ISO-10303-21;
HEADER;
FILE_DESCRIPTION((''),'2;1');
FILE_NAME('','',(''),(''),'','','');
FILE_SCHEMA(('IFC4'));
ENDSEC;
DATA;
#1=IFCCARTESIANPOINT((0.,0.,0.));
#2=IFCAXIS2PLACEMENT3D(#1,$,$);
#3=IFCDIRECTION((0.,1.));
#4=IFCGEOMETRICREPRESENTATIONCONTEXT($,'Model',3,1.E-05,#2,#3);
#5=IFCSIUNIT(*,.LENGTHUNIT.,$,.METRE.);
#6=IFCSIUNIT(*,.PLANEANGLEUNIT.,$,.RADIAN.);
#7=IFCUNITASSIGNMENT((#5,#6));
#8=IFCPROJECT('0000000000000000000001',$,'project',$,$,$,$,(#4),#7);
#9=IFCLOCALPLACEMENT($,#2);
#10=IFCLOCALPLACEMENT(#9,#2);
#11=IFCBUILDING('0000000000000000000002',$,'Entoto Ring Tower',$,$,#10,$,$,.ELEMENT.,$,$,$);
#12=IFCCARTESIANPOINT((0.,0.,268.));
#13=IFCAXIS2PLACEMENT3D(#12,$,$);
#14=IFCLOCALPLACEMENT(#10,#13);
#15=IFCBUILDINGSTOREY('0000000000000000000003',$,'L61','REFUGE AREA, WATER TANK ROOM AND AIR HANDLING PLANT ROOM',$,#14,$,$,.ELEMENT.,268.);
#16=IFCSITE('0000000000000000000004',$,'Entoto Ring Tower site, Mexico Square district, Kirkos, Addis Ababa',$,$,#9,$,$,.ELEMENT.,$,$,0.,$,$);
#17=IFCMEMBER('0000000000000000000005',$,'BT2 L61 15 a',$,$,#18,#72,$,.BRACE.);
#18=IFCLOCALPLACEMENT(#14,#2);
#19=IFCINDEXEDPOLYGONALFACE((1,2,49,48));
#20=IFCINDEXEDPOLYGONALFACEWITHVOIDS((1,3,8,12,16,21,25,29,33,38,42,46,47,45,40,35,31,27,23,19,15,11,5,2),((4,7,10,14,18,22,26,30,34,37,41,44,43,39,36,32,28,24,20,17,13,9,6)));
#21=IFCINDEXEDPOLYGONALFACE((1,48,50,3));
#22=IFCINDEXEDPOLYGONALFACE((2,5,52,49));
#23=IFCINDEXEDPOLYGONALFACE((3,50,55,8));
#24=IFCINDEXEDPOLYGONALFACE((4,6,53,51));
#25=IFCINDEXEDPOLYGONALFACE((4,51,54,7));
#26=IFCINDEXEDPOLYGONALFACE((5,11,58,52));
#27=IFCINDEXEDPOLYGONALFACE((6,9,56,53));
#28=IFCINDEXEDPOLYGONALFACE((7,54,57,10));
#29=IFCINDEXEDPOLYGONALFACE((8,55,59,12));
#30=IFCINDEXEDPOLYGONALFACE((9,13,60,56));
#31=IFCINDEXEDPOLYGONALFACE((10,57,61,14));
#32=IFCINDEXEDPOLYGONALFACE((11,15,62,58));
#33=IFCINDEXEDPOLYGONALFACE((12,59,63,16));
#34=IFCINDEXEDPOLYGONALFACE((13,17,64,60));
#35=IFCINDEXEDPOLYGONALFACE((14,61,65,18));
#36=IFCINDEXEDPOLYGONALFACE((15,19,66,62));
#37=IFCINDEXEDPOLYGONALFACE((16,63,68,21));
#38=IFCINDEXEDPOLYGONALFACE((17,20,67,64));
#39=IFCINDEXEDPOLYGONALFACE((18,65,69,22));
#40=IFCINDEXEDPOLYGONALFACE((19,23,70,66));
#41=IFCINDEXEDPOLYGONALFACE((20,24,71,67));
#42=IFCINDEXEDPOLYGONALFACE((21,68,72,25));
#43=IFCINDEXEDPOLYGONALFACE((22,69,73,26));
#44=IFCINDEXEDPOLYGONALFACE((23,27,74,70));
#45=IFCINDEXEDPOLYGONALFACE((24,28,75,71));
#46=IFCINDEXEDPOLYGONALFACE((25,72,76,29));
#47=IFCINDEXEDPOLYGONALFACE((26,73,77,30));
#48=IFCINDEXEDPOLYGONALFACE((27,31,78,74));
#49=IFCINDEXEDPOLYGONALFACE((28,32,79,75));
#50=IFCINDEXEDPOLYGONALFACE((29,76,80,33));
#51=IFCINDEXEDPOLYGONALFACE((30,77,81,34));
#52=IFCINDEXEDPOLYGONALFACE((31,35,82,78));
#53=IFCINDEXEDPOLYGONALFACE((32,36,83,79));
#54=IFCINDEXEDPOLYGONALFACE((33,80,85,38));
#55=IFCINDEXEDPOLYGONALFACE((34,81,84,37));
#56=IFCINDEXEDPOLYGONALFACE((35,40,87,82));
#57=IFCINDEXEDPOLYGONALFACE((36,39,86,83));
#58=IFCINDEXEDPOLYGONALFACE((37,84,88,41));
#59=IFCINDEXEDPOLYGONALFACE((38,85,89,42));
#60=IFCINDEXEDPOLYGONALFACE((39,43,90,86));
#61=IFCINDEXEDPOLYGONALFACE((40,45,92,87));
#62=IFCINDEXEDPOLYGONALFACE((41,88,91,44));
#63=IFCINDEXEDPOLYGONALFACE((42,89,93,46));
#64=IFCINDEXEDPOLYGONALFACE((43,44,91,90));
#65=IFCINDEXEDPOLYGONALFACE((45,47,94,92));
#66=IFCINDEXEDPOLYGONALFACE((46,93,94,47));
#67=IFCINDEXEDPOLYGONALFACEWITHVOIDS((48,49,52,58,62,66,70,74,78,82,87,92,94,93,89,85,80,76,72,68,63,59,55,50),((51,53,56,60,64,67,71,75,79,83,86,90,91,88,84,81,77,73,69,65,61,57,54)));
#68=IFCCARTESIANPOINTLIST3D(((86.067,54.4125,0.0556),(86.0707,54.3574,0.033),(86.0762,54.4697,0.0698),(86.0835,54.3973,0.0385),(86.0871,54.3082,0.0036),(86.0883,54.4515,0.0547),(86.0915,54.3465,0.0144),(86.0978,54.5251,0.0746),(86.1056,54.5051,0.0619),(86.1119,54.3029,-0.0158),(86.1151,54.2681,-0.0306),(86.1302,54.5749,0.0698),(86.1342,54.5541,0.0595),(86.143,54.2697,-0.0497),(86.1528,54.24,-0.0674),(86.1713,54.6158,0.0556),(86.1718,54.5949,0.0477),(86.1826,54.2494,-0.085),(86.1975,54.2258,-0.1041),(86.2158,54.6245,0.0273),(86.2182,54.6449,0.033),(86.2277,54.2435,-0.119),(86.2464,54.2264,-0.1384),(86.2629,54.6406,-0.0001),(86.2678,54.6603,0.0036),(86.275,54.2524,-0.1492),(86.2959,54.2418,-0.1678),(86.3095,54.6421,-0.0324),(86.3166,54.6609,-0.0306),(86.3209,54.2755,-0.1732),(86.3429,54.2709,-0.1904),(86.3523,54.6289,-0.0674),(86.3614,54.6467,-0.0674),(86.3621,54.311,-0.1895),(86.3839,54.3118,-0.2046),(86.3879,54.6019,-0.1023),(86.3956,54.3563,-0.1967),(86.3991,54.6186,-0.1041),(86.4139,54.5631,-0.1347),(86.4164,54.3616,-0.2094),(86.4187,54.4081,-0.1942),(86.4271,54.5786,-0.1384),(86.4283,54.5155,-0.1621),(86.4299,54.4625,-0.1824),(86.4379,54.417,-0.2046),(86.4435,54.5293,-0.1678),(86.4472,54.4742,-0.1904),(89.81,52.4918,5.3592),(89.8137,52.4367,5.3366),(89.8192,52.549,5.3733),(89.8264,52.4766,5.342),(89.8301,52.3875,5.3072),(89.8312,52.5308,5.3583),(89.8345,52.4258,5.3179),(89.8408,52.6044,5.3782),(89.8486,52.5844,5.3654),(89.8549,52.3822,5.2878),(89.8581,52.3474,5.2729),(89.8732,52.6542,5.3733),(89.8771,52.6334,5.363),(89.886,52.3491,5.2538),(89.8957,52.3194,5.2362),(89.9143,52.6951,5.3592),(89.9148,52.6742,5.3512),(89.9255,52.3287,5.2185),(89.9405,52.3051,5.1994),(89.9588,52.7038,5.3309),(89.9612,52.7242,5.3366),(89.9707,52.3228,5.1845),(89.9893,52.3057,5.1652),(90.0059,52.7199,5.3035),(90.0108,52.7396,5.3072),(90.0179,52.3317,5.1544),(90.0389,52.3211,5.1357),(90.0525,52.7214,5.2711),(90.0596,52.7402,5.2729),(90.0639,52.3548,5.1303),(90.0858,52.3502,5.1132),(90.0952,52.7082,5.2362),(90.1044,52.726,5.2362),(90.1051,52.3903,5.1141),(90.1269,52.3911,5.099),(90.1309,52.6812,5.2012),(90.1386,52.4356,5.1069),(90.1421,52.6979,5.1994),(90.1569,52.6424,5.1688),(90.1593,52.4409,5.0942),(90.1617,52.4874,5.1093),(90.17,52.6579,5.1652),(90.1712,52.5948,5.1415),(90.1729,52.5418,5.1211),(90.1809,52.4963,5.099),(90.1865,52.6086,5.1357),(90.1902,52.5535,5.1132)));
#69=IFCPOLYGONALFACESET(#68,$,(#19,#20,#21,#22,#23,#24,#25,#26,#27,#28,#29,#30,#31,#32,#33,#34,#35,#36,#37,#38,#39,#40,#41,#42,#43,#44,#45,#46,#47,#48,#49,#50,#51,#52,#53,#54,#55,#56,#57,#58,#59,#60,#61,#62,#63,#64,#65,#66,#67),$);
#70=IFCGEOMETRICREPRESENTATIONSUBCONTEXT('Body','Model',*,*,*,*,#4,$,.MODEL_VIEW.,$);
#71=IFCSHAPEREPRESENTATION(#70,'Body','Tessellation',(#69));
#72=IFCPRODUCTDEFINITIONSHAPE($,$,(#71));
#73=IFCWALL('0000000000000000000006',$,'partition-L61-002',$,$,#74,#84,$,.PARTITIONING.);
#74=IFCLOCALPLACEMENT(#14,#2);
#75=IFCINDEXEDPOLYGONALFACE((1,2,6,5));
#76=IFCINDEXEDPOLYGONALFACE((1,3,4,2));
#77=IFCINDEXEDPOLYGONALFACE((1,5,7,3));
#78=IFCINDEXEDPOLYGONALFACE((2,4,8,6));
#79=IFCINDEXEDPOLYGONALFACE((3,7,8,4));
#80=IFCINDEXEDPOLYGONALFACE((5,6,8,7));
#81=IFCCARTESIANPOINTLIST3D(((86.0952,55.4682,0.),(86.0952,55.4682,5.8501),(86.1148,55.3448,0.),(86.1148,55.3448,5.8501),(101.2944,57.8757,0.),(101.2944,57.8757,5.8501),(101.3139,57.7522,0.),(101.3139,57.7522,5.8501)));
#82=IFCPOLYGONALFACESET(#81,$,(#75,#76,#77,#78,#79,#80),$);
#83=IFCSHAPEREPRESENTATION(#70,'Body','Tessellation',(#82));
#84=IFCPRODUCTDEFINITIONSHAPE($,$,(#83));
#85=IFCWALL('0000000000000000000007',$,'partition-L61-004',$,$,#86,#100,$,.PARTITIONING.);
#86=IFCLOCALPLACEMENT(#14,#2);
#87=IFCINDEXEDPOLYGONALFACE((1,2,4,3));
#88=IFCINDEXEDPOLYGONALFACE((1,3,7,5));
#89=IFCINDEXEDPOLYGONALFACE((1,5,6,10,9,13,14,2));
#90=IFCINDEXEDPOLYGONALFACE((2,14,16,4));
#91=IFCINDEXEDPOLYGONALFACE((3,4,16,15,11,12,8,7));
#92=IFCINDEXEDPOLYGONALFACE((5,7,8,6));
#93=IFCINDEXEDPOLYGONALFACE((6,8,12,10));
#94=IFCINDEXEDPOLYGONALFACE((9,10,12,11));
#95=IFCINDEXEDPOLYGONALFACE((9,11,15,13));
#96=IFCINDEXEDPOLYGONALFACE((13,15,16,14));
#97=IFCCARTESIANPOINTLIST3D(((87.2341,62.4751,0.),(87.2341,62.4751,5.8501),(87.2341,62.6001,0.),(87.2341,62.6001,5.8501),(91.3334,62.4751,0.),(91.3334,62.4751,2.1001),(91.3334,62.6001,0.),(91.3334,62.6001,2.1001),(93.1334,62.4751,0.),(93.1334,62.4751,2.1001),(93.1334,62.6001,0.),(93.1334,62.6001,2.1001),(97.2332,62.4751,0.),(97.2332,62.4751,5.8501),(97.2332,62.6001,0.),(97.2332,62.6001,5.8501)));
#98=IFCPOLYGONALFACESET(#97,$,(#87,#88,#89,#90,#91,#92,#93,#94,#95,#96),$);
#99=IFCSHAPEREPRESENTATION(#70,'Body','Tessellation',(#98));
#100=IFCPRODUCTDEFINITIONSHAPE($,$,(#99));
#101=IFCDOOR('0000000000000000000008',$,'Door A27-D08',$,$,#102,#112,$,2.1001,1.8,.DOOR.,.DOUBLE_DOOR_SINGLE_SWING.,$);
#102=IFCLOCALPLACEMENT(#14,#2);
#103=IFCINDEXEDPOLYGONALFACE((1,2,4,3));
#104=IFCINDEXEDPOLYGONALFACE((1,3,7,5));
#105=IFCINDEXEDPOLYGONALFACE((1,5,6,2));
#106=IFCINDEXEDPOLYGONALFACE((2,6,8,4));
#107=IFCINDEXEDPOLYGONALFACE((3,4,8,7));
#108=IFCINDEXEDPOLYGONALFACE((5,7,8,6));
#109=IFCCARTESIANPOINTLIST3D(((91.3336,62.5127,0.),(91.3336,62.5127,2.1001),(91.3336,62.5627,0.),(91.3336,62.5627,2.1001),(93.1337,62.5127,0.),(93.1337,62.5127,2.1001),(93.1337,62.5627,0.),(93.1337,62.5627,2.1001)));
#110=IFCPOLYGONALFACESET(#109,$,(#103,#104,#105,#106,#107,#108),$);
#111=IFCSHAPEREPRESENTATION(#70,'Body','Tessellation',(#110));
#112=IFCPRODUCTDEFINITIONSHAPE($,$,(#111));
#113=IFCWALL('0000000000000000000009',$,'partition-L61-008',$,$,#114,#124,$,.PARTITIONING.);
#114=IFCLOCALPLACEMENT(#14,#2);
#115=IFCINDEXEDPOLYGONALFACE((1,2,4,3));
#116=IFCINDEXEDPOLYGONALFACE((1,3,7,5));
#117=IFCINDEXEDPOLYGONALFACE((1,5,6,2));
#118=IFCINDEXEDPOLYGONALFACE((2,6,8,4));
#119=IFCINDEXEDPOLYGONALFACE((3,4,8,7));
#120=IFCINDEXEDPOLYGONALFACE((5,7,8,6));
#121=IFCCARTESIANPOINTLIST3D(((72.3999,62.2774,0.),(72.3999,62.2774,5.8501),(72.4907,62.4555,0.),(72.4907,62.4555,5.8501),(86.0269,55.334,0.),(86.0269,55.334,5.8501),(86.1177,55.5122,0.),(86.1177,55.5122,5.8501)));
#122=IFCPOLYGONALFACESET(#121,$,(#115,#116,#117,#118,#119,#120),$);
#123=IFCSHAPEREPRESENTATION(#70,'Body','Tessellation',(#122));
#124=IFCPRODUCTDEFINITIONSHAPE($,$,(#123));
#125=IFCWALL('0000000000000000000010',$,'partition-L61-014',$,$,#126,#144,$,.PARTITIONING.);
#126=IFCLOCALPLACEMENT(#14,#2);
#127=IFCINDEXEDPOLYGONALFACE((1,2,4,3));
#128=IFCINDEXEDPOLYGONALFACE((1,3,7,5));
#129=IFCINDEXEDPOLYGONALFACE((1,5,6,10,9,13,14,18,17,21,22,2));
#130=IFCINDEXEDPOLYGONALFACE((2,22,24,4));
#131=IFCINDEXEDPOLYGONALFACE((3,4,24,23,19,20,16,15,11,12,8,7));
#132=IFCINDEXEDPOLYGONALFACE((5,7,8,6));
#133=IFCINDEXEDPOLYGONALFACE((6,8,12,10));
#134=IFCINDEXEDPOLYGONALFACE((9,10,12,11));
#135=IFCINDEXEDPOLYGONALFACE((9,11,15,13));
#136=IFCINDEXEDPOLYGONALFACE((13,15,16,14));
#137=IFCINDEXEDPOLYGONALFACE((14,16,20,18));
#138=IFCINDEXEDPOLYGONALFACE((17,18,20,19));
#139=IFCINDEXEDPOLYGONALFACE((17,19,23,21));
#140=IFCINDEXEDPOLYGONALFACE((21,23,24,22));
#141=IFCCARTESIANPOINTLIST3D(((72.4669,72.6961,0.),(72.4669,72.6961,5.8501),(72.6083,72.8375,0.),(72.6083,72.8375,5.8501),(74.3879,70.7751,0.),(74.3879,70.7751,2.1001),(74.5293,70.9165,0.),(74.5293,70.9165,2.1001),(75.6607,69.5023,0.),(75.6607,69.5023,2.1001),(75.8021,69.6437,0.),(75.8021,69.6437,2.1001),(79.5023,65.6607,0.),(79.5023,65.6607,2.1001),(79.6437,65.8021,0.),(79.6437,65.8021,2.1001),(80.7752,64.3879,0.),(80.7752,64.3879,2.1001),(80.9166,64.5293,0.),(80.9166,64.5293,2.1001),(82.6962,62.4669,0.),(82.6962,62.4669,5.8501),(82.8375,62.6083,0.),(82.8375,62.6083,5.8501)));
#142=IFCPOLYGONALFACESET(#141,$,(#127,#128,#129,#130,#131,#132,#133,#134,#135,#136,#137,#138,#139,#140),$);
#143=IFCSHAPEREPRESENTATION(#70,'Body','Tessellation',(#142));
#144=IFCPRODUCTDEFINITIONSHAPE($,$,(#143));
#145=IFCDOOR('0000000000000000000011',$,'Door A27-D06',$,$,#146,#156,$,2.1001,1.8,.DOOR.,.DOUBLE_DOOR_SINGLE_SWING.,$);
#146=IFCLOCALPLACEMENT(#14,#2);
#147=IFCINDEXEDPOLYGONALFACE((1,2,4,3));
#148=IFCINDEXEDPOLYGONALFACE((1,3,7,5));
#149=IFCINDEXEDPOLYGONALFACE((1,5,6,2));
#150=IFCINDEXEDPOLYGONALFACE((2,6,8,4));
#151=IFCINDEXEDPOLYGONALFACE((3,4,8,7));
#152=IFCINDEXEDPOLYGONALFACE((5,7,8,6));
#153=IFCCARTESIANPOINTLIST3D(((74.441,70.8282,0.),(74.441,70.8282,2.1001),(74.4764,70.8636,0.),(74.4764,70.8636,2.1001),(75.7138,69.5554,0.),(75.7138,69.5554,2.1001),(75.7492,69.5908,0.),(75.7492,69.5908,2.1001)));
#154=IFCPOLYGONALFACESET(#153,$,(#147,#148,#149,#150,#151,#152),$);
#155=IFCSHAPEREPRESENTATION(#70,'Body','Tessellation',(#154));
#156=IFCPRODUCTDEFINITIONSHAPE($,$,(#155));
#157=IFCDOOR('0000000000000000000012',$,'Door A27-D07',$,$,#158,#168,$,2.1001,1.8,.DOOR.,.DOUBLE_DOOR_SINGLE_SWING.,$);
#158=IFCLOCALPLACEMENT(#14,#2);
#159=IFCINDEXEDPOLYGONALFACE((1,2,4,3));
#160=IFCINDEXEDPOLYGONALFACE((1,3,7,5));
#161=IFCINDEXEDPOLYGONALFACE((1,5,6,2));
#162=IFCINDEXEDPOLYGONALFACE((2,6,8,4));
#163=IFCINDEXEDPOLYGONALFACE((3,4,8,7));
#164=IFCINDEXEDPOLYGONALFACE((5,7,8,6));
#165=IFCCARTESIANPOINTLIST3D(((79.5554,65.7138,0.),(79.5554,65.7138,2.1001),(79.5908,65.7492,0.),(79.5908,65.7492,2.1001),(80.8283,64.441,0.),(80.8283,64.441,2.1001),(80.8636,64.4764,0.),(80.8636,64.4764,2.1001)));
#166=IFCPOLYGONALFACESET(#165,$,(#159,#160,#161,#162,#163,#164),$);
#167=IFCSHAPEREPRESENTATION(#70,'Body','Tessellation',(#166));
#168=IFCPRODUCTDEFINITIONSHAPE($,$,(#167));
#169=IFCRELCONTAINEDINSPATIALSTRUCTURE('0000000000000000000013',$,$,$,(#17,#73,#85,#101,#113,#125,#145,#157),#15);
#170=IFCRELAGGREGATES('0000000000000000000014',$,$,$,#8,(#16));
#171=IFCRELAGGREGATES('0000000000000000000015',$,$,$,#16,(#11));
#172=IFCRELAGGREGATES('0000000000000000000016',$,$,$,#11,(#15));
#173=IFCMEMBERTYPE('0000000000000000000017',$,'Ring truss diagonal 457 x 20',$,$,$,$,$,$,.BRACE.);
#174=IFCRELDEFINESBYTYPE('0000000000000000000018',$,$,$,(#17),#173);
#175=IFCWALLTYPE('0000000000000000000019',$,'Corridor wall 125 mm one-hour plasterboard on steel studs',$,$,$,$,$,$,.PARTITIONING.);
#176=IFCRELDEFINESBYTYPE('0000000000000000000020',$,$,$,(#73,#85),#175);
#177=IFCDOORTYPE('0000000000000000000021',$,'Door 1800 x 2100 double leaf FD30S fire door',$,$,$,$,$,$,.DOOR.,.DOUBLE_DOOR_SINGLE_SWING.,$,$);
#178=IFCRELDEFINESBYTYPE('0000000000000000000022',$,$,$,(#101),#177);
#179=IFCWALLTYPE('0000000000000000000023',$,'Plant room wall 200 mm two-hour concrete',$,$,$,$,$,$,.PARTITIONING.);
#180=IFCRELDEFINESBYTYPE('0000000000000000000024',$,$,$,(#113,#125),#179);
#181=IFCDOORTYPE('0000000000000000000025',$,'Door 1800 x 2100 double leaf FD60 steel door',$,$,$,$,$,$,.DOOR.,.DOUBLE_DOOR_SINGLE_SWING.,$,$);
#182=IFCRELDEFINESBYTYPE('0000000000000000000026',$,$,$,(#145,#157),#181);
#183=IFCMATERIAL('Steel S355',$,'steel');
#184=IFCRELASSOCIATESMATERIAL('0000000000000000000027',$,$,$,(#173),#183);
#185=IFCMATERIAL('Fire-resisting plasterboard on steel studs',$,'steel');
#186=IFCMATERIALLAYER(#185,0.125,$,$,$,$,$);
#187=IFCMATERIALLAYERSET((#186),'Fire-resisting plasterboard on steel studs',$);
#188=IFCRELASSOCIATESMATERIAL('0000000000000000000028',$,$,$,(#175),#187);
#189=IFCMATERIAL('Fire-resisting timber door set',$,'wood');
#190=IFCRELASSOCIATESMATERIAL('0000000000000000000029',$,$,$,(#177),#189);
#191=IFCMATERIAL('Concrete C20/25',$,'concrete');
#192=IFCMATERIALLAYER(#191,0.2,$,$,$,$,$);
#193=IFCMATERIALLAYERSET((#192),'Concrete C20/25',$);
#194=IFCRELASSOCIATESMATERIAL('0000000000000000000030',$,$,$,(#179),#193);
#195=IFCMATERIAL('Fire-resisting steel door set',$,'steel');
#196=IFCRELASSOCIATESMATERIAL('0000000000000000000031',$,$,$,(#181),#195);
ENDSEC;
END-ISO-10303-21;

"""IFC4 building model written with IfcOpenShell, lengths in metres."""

from ifc_helpers import new_model, si_unit, direction, frame, frame_2d, origin, origin_2d, place, context, subcontext, project, spatial, rectangle, circle, hollow_circle, extrude, material, layer, layer_set, material_profile, profile_set, type_object, element, fill, save


model = new_model("IFC4")

# Units and contexts
model_context = context("Model", 3, precision=1e-05, world=origin(), true_north=direction((0.0, 1.0)))
body_context = subcontext(model_context, "Body", "Model", "MODEL_VIEW")
ifc_project = project(units=[si_unit("LENGTHUNIT", "METRE"), si_unit("PLANEANGLEUNIT", "RADIAN")], contexts=[model_context])

# Site, building, storey
site_placement = place(None, origin())
site = spatial("IfcSite", under=ifc_project, at=site_placement, Name="Entoto Ring Tower site, Mexico Square district, Kirkos, Addis Ababa", CompositionType="ELEMENT", RefElevation=0.0)
building_placement = place(site_placement, origin())
building = spatial("IfcBuilding", under=site, at=building_placement, Name="Entoto Ring Tower", CompositionType="ELEMENT")
storey_placement = place(building_placement, frame((0.0, 0.0, 268.0)))
storey = spatial("IfcBuildingStorey", under=building, at=storey_placement, Name="L61", Description="REFUGE AREA, WATER TANK ROOM AND AIR HANDLING PLANT ROOM", CompositionType="ELEMENT", Elevation=268.0)

# Member
ifc_material_1 = material(Name="Steel S355", Category="steel")
ifc_material_profile_1 = material_profile(ifc_material_1, hollow_circle(Radius=0.2285, WallThickness=0.02, at=origin_2d()), Name="CHS 457 x 20")
ifc_material_2 = material(Name="Concrete C60/75", Category="concrete")
ifc_material_profile_2 = material_profile(ifc_material_2, circle(Radius=0.2085, at=origin_2d()), Name="Concrete C60/75 infill")
ifc_profile_set_1 = profile_set([ifc_material_profile_1, ifc_material_profile_2], Name="Steel S355")
member_type_1 = type_object("IfcMemberType", Name="Ring truss diagonal 457 x 20", PredefinedType="BRACE", material=ifc_profile_set_1)
for number, where, z_axis, x_axis, name in (
    (1, (86.2571, 54.4434, -0.0674), (0.552915, -0.283725, 0.783444), (0.456544, 0.889701, 0.0), "BT2 L61 15 a"),
):
    element("IfcMember", number, at=place(storey_placement, frame(where, z_axis=z_axis, x_axis=x_axis)), inside=storey, type_object=member_type_1, Name=name, PredefinedType="BRACE", context=body_context, shape_type="SweptSolid", body=[
        extrude(hollow_circle(Radius=0.2285, WallThickness=0.02, at=origin_2d()), origin(), (0.0, 0.0, 1.0), 6.7695),
    ])

# Wall
ifc_material_3 = material(Name="Fire-resisting plasterboard on steel studs", Category="steel")
ifc_layer_1 = layer(ifc_material_3, 0.125)
ifc_layer_set_1 = layer_set([ifc_layer_1], Name="Fire-resisting plasterboard on steel studs")
wall_type_1 = type_object("IfcWallType", Name="Corridor wall 125 mm one-hour plasterboard on steel studs", PredefinedType="PARTITIONING", material=ifc_layer_set_1)
wall_1_placement = place(storey_placement, frame((86.105, 55.4065, 0.0), z_axis=(0.0, 0.0, 1.0), x_axis=(0.987687, 0.156444, 0.0)))
element("IfcWall", 2, at=wall_1_placement, inside=storey, type_object=wall_type_1, Name="partition-L61-002", PredefinedType="PARTITIONING", context=body_context, shape_type="SweptSolid", body=[
    extrude(rectangle(XDim=15.3887, YDim=0.125, at=frame_2d((7.6943, 0.0))), origin(), (0.0, 0.0, 1.0), 5.8501),
])

# Wall, opening, door
wall_2_placement = place(storey_placement, frame((87.2341, 62.5376, 0.0), z_axis=(0.0, 0.0, 1.0), x_axis=(1.0, 0.0, 0.0)))
wall_2 = element("IfcWall", 3, at=wall_2_placement, inside=storey, type_object=wall_type_1, Name="partition-L61-004", PredefinedType="PARTITIONING", context=body_context, shape_type="SweptSolid", body=[
    extrude(rectangle(XDim=9.999, YDim=0.125, at=frame_2d((4.9995, 0.0))), origin(), (0.0, 0.0, 1.0), 5.8501),
])
opening_1_placement = place(wall_2_placement, frame((4.0994, 0.0, 0.0)))
opening_1 = element("IfcOpeningElement", 4, at=opening_1_placement, cuts=wall_2, PredefinedType="OPENING", context=body_context, shape_type="SweptSolid", body=[
    extrude(rectangle(XDim=1.8, YDim=2.1001, at=frame_2d((0.8999, 1.05))), frame((0.0, 0.0725, 0.0), z_axis=(0.0, -1.0, 0.0), x_axis=(1.0, 0.0, 0.0)), (0.0, 0.0, 1.0), 0.145),
])
ifc_material_4 = material(Name="Fire-resisting timber door set", Category="wood")
door_type_1 = type_object("IfcDoorType", Name="Door 1800 x 2100 double leaf FD30S fire door", OperationType="DOUBLE_DOOR_SINGLE_SWING", PredefinedType="DOOR", material=ifc_material_4)
door_1_placement = place(opening_1_placement, frame((1.8, 0.0, 0.0), z_axis=(0.0, 0.0, 1.0), x_axis=(-1.0, 0.0, 0.0)))
door_1 = element("IfcDoor", 5, at=door_1_placement, inside=storey, type_object=door_type_1, Name="Door A27-D08", OperationType="DOUBLE_DOOR_SINGLE_SWING", OverallHeight=2.1001, OverallWidth=1.8, PredefinedType="DOOR", context=body_context, shape_type="SweptSolid", body=[
    extrude(rectangle(XDim=1.8, YDim=2.1001, at=frame_2d((0.8999, 1.05))), frame((0.0, 0.0249, 0.0), z_axis=(0.0, -1.0, 0.0), x_axis=(1.0, 0.0, 0.0)), (0.0, 0.0, 1.0), 0.05),
])
fill(opening_1, door_1)

# Wall
ifc_material_5 = material(Name="Concrete C20/25", Category="concrete")
ifc_layer_2 = layer(ifc_material_5, 0.2)
ifc_layer_set_2 = layer_set([ifc_layer_2], Name="Concrete C20/25")
wall_type_2 = type_object("IfcWallType", Name="Plant room wall 200 mm two-hour concrete", PredefinedType="PARTITIONING", material=ifc_layer_set_2)
wall_3_placement = place(storey_placement, frame((86.0723, 55.4231, 0.0), z_axis=(0.0, 0.0, 1.0), x_axis=(-0.891004, 0.453995, 0.0)))
element("IfcWall", 6, at=wall_3_placement, inside=storey, type_object=wall_type_2, Name="partition-L61-008", PredefinedType="PARTITIONING", context=body_context, shape_type="SweptSolid", body=[
    extrude(rectangle(XDim=15.2939, YDim=0.2, at=frame_2d((7.647, 0.0))), origin(), (0.0, 0.0, 1.0), 5.8501),
])

# Wall, openings, doors
wall_4_placement = place(storey_placement, frame((82.7668, 62.5376, 0.0), z_axis=(0.0, 0.0, 1.0), x_axis=(-0.707107, 0.707107, 0.0)))
wall_4 = element("IfcWall", 7, at=wall_4_placement, inside=storey, type_object=wall_type_2, Name="partition-L61-014", PredefinedType="PARTITIONING", context=body_context, shape_type="SweptSolid", body=[
    extrude(rectangle(XDim=14.4663, YDim=0.2, at=frame_2d((7.2332, 0.0))), origin(), (0.0, 0.0, 1.0), 5.8501),
])
opening_2_placement = place(wall_4_placement, frame((9.9497, 0.0, 0.0)))
opening_2 = element("IfcOpeningElement", 8, at=opening_2_placement, cuts=wall_4, PredefinedType="OPENING", context=body_context, shape_type="SweptSolid", body=[
    extrude(rectangle(XDim=1.8, YDim=2.1001, at=frame_2d((0.8999, 1.05))), frame((0.0, 0.1099, 0.0), z_axis=(0.0, -1.0, 0.0), x_axis=(1.0, 0.0, 0.0)), (0.0, 0.0, 1.0), 0.22),
])
opening_3_placement = place(wall_4_placement, frame((2.7168, 0.0, 0.0)))
opening_3 = element("IfcOpeningElement", 9, at=opening_3_placement, cuts=wall_4, PredefinedType="OPENING", context=body_context, shape_type="SweptSolid", body=[
    extrude(rectangle(XDim=1.8, YDim=2.1001, at=frame_2d((0.8999, 1.05))), frame((0.0, 0.1099, 0.0), z_axis=(0.0, -1.0, 0.0), x_axis=(1.0, 0.0, 0.0)), (0.0, 0.0, 1.0), 0.22),
])
ifc_material_6 = material(Name="Fire-resisting steel door set", Category="steel")
door_type_2 = type_object("IfcDoorType", Name="Door 1800 x 2100 double leaf FD60 steel door", OperationType="DOUBLE_DOOR_SINGLE_SWING", PredefinedType="DOOR", material=ifc_material_6)
door_2_placement = place(opening_2_placement, origin())
door_2 = element("IfcDoor", 10, at=door_2_placement, inside=storey, type_object=door_type_2, Name="Door A27-D06", OperationType="DOUBLE_DOOR_SINGLE_SWING", OverallHeight=2.1001, OverallWidth=1.8, PredefinedType="DOOR", context=body_context, shape_type="SweptSolid", body=[
    extrude(rectangle(XDim=1.8, YDim=2.1001, at=frame_2d((0.8999, 1.05))), frame((0.0, 0.0249, 0.0), z_axis=(0.0, -1.0, 0.0), x_axis=(1.0, 0.0, 0.0)), (0.0, 0.0, 1.0), 0.05),
])
fill(opening_2, door_2)
door_3_placement = place(opening_3_placement, origin())
door_3 = element("IfcDoor", 11, at=door_3_placement, inside=storey, type_object=door_type_2, Name="Door A27-D07", OperationType="DOUBLE_DOOR_SINGLE_SWING", OverallHeight=2.1001, OverallWidth=1.8, PredefinedType="DOOR", context=body_context, shape_type="SweptSolid", body=[
    extrude(rectangle(XDim=1.8, YDim=2.1001, at=frame_2d((0.8999, 1.05))), frame((0.0, 0.0249, 0.0), z_axis=(0.0, -1.0, 0.0), x_axis=(1.0, 0.0, 0.0)), (0.0, 0.0, 1.0), 0.05),
])
fill(opening_3, door_3)

save(model, "model.ifc")
